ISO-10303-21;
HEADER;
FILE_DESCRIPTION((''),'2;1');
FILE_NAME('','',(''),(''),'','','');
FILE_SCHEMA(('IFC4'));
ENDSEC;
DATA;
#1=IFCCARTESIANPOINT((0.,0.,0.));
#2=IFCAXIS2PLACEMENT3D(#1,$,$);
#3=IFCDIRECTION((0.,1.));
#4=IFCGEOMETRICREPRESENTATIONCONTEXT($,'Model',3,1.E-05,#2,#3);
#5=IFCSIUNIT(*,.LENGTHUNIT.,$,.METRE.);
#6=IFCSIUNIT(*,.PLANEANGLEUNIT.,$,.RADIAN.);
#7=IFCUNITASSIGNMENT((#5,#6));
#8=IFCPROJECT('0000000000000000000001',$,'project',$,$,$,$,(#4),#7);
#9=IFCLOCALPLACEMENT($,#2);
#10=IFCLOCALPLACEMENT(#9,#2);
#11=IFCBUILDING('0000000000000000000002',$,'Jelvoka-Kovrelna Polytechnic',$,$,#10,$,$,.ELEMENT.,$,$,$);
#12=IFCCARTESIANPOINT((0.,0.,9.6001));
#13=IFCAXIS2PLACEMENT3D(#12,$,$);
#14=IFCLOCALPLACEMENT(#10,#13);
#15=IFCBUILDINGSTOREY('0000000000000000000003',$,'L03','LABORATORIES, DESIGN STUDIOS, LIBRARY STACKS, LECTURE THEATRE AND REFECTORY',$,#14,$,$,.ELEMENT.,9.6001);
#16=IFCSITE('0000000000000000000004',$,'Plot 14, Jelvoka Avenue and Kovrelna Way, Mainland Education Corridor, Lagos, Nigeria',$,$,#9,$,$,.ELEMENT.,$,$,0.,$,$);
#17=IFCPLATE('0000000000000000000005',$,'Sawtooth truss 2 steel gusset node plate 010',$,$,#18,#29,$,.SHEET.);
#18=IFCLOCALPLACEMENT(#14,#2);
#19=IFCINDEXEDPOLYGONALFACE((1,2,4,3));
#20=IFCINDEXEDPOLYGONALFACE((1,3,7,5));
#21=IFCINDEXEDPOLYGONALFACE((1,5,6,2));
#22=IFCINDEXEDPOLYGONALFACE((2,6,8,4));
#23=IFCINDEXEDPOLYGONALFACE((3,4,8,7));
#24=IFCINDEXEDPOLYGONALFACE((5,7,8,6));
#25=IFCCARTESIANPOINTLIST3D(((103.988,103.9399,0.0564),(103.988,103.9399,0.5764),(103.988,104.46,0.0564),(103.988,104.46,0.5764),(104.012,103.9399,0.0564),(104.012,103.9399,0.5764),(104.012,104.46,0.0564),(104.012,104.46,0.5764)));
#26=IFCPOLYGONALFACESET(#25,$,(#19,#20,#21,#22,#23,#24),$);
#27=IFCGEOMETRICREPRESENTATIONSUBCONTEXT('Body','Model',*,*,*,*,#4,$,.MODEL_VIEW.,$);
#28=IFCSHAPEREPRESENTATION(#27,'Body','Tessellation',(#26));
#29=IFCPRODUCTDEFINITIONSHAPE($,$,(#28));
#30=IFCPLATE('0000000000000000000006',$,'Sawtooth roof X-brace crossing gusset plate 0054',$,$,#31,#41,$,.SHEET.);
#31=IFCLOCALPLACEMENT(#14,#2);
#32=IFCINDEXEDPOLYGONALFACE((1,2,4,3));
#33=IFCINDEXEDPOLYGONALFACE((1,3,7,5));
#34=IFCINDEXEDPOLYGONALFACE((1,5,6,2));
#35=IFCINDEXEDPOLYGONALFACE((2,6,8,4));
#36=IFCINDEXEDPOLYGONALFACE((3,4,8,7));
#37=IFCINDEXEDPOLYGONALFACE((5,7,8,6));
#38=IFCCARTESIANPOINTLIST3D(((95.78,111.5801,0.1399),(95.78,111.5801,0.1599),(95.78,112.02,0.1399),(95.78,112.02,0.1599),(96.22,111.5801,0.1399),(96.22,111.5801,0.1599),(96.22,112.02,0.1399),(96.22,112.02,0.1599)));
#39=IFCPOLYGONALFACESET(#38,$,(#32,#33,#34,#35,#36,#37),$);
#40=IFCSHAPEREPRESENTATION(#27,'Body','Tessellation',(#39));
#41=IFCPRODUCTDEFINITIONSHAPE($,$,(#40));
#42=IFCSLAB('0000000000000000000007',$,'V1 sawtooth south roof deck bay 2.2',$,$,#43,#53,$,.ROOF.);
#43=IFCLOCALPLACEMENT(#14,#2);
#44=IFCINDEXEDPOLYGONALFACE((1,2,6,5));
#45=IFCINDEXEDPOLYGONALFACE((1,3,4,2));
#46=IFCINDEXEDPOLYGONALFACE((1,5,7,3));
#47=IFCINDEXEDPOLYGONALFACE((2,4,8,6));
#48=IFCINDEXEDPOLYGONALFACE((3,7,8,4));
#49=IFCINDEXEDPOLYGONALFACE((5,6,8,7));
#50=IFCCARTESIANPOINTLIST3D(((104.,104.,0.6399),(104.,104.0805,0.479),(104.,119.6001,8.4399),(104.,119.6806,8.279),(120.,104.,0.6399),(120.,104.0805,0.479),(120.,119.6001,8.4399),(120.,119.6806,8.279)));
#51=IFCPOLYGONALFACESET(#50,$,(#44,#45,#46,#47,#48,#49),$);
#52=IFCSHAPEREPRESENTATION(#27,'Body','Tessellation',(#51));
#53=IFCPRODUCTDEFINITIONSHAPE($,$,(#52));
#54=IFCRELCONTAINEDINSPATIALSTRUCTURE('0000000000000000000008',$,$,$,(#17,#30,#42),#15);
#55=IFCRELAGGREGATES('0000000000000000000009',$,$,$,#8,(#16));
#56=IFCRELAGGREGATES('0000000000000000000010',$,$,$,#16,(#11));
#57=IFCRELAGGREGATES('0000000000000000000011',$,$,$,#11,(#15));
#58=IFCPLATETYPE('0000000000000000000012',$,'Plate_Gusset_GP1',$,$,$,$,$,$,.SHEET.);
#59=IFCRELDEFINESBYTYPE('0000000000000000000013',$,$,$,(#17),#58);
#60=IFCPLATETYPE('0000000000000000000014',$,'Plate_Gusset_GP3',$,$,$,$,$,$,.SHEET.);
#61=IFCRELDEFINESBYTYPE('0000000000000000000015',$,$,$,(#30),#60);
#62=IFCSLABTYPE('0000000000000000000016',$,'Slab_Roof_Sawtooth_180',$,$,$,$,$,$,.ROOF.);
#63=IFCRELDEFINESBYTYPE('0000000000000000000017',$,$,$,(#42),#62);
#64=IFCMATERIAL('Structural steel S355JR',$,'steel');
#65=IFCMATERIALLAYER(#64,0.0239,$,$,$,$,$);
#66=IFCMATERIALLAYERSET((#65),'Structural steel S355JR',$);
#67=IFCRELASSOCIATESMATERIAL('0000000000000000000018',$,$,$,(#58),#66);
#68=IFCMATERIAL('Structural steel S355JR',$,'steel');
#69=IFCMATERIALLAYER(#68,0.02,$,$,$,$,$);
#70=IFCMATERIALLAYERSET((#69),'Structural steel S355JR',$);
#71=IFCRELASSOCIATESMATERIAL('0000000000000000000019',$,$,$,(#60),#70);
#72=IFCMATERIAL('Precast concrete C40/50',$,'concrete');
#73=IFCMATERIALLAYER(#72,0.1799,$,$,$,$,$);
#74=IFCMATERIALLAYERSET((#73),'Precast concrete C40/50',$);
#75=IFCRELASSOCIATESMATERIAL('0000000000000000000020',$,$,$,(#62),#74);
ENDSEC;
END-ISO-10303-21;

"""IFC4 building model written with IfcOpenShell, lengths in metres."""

from ifc_helpers import new_model, si_unit, direction, frame, origin, origin_2d, place, context, subcontext, project, spatial, polyline, rectangle, outline, extrude, material, layer, layer_set, type_object, element, save


model = new_model("IFC4")

# Units and contexts
model_context = context("Model", 3, precision=1e-05, world=origin(), true_north=direction((0.0, 1.0)))
body_context = subcontext(model_context, "Body", "Model", "MODEL_VIEW")
ifc_project = project(units=[si_unit("LENGTHUNIT", "METRE"), si_unit("PLANEANGLEUNIT", "RADIAN")], contexts=[model_context])

# Site, building, storey
site_placement = place(None, origin())
site = spatial("IfcSite", under=ifc_project, at=site_placement, Name="Plot 14, Jelvoka Avenue and Kovrelna Way, Mainland Education Corridor, Lagos, Nigeria", CompositionType="ELEMENT", RefElevation=0.0)
building_placement = place(site_placement, origin())
building = spatial("IfcBuilding", under=site, at=building_placement, Name="Jelvoka-Kovrelna Polytechnic", CompositionType="ELEMENT")
storey_placement = place(building_placement, frame((0.0, 0.0, 9.6001)))
storey = spatial("IfcBuildingStorey", under=building, at=storey_placement, Name="L03", Description="LABORATORIES, DESIGN STUDIOS, LIBRARY STACKS, LECTURE THEATRE AND REFECTORY", CompositionType="ELEMENT", Elevation=9.6001)

# Plates
ifc_material_1 = material(Name="Structural steel S355JR", Category="steel")
ifc_layer_1 = layer(ifc_material_1, 0.0239)
ifc_layer_set_1 = layer_set([ifc_layer_1], Name="Structural steel S355JR")
plate_type_1 = type_object("IfcPlateType", Name="Plate_Gusset_GP1", PredefinedType="SHEET", material=ifc_layer_set_1)
plate_1_placement = place(storey_placement, frame((104.0, 104.2, 0.0564), z_axis=(0.0, 0.0, 1.0), x_axis=(0.0, 1.0, 0.0)))
element("IfcPlate", 1, at=plate_1_placement, inside=storey, type_object=plate_type_1, Name="Sawtooth truss 2 steel gusset node plate 010", PredefinedType="SHEET", context=body_context, shape_type="SweptSolid", body=[
    extrude(rectangle(XDim=0.52, YDim=0.0239, at=origin_2d()), origin(), (0.0, 0.0, 1.0), 0.52),
])
ifc_material_2 = material(Name="Structural steel S355JR", Category="steel")
ifc_layer_2 = layer(ifc_material_2, 0.02)
ifc_layer_set_2 = layer_set([ifc_layer_2], Name="Structural steel S355JR")
plate_type_2 = type_object("IfcPlateType", Name="Plate_Gusset_GP3", PredefinedType="SHEET", material=ifc_layer_set_2)
plate_2_placement = place(storey_placement, frame((96.0, 111.8, 0.1399), z_axis=(0.0, 0.0, 1.0), x_axis=(1.0, 0.0, 0.0)))
element("IfcPlate", 2, at=plate_2_placement, inside=storey, type_object=plate_type_2, Name="Sawtooth roof X-brace crossing gusset plate 0054", PredefinedType="SHEET", context=body_context, shape_type="SweptSolid", body=[
    extrude(rectangle(XDim=0.4399, YDim=0.4399, at=origin_2d()), origin(), (0.0, 0.0, 1.0), 0.02),
])

# Slab
ifc_material_3 = material(Name="Precast concrete C40/50", Category="concrete")
ifc_layer_3 = layer(ifc_material_3, 0.1799)
ifc_layer_set_3 = layer_set([ifc_layer_3], Name="Precast concrete C40/50")
slab_type = type_object("IfcSlabType", Name="Slab_Roof_Sawtooth_180", PredefinedType="ROOF", material=ifc_layer_set_3)
slab_placement = place(storey_placement, frame((104.0, 104.0, 0.6399), z_axis=(0.0, -0.447214, 0.894427), x_axis=(1.0, 0.0, 0.0)))
element("IfcSlab", 3, at=slab_placement, inside=storey, type_object=slab_type, Name="V1 sawtooth south roof deck bay 2.2", PredefinedType="ROOF", context=body_context, shape_type="SweptSolid", body=[
    extrude(outline(polyline([(0.0, 0.0), (16.0, 0.0), (16.0, 17.4414), (0.0, 17.4414), (0.0, 0.0)])), origin(), (0.0, 0.0, -1.0), 0.1799),
])

save(model, "model.ifc")
